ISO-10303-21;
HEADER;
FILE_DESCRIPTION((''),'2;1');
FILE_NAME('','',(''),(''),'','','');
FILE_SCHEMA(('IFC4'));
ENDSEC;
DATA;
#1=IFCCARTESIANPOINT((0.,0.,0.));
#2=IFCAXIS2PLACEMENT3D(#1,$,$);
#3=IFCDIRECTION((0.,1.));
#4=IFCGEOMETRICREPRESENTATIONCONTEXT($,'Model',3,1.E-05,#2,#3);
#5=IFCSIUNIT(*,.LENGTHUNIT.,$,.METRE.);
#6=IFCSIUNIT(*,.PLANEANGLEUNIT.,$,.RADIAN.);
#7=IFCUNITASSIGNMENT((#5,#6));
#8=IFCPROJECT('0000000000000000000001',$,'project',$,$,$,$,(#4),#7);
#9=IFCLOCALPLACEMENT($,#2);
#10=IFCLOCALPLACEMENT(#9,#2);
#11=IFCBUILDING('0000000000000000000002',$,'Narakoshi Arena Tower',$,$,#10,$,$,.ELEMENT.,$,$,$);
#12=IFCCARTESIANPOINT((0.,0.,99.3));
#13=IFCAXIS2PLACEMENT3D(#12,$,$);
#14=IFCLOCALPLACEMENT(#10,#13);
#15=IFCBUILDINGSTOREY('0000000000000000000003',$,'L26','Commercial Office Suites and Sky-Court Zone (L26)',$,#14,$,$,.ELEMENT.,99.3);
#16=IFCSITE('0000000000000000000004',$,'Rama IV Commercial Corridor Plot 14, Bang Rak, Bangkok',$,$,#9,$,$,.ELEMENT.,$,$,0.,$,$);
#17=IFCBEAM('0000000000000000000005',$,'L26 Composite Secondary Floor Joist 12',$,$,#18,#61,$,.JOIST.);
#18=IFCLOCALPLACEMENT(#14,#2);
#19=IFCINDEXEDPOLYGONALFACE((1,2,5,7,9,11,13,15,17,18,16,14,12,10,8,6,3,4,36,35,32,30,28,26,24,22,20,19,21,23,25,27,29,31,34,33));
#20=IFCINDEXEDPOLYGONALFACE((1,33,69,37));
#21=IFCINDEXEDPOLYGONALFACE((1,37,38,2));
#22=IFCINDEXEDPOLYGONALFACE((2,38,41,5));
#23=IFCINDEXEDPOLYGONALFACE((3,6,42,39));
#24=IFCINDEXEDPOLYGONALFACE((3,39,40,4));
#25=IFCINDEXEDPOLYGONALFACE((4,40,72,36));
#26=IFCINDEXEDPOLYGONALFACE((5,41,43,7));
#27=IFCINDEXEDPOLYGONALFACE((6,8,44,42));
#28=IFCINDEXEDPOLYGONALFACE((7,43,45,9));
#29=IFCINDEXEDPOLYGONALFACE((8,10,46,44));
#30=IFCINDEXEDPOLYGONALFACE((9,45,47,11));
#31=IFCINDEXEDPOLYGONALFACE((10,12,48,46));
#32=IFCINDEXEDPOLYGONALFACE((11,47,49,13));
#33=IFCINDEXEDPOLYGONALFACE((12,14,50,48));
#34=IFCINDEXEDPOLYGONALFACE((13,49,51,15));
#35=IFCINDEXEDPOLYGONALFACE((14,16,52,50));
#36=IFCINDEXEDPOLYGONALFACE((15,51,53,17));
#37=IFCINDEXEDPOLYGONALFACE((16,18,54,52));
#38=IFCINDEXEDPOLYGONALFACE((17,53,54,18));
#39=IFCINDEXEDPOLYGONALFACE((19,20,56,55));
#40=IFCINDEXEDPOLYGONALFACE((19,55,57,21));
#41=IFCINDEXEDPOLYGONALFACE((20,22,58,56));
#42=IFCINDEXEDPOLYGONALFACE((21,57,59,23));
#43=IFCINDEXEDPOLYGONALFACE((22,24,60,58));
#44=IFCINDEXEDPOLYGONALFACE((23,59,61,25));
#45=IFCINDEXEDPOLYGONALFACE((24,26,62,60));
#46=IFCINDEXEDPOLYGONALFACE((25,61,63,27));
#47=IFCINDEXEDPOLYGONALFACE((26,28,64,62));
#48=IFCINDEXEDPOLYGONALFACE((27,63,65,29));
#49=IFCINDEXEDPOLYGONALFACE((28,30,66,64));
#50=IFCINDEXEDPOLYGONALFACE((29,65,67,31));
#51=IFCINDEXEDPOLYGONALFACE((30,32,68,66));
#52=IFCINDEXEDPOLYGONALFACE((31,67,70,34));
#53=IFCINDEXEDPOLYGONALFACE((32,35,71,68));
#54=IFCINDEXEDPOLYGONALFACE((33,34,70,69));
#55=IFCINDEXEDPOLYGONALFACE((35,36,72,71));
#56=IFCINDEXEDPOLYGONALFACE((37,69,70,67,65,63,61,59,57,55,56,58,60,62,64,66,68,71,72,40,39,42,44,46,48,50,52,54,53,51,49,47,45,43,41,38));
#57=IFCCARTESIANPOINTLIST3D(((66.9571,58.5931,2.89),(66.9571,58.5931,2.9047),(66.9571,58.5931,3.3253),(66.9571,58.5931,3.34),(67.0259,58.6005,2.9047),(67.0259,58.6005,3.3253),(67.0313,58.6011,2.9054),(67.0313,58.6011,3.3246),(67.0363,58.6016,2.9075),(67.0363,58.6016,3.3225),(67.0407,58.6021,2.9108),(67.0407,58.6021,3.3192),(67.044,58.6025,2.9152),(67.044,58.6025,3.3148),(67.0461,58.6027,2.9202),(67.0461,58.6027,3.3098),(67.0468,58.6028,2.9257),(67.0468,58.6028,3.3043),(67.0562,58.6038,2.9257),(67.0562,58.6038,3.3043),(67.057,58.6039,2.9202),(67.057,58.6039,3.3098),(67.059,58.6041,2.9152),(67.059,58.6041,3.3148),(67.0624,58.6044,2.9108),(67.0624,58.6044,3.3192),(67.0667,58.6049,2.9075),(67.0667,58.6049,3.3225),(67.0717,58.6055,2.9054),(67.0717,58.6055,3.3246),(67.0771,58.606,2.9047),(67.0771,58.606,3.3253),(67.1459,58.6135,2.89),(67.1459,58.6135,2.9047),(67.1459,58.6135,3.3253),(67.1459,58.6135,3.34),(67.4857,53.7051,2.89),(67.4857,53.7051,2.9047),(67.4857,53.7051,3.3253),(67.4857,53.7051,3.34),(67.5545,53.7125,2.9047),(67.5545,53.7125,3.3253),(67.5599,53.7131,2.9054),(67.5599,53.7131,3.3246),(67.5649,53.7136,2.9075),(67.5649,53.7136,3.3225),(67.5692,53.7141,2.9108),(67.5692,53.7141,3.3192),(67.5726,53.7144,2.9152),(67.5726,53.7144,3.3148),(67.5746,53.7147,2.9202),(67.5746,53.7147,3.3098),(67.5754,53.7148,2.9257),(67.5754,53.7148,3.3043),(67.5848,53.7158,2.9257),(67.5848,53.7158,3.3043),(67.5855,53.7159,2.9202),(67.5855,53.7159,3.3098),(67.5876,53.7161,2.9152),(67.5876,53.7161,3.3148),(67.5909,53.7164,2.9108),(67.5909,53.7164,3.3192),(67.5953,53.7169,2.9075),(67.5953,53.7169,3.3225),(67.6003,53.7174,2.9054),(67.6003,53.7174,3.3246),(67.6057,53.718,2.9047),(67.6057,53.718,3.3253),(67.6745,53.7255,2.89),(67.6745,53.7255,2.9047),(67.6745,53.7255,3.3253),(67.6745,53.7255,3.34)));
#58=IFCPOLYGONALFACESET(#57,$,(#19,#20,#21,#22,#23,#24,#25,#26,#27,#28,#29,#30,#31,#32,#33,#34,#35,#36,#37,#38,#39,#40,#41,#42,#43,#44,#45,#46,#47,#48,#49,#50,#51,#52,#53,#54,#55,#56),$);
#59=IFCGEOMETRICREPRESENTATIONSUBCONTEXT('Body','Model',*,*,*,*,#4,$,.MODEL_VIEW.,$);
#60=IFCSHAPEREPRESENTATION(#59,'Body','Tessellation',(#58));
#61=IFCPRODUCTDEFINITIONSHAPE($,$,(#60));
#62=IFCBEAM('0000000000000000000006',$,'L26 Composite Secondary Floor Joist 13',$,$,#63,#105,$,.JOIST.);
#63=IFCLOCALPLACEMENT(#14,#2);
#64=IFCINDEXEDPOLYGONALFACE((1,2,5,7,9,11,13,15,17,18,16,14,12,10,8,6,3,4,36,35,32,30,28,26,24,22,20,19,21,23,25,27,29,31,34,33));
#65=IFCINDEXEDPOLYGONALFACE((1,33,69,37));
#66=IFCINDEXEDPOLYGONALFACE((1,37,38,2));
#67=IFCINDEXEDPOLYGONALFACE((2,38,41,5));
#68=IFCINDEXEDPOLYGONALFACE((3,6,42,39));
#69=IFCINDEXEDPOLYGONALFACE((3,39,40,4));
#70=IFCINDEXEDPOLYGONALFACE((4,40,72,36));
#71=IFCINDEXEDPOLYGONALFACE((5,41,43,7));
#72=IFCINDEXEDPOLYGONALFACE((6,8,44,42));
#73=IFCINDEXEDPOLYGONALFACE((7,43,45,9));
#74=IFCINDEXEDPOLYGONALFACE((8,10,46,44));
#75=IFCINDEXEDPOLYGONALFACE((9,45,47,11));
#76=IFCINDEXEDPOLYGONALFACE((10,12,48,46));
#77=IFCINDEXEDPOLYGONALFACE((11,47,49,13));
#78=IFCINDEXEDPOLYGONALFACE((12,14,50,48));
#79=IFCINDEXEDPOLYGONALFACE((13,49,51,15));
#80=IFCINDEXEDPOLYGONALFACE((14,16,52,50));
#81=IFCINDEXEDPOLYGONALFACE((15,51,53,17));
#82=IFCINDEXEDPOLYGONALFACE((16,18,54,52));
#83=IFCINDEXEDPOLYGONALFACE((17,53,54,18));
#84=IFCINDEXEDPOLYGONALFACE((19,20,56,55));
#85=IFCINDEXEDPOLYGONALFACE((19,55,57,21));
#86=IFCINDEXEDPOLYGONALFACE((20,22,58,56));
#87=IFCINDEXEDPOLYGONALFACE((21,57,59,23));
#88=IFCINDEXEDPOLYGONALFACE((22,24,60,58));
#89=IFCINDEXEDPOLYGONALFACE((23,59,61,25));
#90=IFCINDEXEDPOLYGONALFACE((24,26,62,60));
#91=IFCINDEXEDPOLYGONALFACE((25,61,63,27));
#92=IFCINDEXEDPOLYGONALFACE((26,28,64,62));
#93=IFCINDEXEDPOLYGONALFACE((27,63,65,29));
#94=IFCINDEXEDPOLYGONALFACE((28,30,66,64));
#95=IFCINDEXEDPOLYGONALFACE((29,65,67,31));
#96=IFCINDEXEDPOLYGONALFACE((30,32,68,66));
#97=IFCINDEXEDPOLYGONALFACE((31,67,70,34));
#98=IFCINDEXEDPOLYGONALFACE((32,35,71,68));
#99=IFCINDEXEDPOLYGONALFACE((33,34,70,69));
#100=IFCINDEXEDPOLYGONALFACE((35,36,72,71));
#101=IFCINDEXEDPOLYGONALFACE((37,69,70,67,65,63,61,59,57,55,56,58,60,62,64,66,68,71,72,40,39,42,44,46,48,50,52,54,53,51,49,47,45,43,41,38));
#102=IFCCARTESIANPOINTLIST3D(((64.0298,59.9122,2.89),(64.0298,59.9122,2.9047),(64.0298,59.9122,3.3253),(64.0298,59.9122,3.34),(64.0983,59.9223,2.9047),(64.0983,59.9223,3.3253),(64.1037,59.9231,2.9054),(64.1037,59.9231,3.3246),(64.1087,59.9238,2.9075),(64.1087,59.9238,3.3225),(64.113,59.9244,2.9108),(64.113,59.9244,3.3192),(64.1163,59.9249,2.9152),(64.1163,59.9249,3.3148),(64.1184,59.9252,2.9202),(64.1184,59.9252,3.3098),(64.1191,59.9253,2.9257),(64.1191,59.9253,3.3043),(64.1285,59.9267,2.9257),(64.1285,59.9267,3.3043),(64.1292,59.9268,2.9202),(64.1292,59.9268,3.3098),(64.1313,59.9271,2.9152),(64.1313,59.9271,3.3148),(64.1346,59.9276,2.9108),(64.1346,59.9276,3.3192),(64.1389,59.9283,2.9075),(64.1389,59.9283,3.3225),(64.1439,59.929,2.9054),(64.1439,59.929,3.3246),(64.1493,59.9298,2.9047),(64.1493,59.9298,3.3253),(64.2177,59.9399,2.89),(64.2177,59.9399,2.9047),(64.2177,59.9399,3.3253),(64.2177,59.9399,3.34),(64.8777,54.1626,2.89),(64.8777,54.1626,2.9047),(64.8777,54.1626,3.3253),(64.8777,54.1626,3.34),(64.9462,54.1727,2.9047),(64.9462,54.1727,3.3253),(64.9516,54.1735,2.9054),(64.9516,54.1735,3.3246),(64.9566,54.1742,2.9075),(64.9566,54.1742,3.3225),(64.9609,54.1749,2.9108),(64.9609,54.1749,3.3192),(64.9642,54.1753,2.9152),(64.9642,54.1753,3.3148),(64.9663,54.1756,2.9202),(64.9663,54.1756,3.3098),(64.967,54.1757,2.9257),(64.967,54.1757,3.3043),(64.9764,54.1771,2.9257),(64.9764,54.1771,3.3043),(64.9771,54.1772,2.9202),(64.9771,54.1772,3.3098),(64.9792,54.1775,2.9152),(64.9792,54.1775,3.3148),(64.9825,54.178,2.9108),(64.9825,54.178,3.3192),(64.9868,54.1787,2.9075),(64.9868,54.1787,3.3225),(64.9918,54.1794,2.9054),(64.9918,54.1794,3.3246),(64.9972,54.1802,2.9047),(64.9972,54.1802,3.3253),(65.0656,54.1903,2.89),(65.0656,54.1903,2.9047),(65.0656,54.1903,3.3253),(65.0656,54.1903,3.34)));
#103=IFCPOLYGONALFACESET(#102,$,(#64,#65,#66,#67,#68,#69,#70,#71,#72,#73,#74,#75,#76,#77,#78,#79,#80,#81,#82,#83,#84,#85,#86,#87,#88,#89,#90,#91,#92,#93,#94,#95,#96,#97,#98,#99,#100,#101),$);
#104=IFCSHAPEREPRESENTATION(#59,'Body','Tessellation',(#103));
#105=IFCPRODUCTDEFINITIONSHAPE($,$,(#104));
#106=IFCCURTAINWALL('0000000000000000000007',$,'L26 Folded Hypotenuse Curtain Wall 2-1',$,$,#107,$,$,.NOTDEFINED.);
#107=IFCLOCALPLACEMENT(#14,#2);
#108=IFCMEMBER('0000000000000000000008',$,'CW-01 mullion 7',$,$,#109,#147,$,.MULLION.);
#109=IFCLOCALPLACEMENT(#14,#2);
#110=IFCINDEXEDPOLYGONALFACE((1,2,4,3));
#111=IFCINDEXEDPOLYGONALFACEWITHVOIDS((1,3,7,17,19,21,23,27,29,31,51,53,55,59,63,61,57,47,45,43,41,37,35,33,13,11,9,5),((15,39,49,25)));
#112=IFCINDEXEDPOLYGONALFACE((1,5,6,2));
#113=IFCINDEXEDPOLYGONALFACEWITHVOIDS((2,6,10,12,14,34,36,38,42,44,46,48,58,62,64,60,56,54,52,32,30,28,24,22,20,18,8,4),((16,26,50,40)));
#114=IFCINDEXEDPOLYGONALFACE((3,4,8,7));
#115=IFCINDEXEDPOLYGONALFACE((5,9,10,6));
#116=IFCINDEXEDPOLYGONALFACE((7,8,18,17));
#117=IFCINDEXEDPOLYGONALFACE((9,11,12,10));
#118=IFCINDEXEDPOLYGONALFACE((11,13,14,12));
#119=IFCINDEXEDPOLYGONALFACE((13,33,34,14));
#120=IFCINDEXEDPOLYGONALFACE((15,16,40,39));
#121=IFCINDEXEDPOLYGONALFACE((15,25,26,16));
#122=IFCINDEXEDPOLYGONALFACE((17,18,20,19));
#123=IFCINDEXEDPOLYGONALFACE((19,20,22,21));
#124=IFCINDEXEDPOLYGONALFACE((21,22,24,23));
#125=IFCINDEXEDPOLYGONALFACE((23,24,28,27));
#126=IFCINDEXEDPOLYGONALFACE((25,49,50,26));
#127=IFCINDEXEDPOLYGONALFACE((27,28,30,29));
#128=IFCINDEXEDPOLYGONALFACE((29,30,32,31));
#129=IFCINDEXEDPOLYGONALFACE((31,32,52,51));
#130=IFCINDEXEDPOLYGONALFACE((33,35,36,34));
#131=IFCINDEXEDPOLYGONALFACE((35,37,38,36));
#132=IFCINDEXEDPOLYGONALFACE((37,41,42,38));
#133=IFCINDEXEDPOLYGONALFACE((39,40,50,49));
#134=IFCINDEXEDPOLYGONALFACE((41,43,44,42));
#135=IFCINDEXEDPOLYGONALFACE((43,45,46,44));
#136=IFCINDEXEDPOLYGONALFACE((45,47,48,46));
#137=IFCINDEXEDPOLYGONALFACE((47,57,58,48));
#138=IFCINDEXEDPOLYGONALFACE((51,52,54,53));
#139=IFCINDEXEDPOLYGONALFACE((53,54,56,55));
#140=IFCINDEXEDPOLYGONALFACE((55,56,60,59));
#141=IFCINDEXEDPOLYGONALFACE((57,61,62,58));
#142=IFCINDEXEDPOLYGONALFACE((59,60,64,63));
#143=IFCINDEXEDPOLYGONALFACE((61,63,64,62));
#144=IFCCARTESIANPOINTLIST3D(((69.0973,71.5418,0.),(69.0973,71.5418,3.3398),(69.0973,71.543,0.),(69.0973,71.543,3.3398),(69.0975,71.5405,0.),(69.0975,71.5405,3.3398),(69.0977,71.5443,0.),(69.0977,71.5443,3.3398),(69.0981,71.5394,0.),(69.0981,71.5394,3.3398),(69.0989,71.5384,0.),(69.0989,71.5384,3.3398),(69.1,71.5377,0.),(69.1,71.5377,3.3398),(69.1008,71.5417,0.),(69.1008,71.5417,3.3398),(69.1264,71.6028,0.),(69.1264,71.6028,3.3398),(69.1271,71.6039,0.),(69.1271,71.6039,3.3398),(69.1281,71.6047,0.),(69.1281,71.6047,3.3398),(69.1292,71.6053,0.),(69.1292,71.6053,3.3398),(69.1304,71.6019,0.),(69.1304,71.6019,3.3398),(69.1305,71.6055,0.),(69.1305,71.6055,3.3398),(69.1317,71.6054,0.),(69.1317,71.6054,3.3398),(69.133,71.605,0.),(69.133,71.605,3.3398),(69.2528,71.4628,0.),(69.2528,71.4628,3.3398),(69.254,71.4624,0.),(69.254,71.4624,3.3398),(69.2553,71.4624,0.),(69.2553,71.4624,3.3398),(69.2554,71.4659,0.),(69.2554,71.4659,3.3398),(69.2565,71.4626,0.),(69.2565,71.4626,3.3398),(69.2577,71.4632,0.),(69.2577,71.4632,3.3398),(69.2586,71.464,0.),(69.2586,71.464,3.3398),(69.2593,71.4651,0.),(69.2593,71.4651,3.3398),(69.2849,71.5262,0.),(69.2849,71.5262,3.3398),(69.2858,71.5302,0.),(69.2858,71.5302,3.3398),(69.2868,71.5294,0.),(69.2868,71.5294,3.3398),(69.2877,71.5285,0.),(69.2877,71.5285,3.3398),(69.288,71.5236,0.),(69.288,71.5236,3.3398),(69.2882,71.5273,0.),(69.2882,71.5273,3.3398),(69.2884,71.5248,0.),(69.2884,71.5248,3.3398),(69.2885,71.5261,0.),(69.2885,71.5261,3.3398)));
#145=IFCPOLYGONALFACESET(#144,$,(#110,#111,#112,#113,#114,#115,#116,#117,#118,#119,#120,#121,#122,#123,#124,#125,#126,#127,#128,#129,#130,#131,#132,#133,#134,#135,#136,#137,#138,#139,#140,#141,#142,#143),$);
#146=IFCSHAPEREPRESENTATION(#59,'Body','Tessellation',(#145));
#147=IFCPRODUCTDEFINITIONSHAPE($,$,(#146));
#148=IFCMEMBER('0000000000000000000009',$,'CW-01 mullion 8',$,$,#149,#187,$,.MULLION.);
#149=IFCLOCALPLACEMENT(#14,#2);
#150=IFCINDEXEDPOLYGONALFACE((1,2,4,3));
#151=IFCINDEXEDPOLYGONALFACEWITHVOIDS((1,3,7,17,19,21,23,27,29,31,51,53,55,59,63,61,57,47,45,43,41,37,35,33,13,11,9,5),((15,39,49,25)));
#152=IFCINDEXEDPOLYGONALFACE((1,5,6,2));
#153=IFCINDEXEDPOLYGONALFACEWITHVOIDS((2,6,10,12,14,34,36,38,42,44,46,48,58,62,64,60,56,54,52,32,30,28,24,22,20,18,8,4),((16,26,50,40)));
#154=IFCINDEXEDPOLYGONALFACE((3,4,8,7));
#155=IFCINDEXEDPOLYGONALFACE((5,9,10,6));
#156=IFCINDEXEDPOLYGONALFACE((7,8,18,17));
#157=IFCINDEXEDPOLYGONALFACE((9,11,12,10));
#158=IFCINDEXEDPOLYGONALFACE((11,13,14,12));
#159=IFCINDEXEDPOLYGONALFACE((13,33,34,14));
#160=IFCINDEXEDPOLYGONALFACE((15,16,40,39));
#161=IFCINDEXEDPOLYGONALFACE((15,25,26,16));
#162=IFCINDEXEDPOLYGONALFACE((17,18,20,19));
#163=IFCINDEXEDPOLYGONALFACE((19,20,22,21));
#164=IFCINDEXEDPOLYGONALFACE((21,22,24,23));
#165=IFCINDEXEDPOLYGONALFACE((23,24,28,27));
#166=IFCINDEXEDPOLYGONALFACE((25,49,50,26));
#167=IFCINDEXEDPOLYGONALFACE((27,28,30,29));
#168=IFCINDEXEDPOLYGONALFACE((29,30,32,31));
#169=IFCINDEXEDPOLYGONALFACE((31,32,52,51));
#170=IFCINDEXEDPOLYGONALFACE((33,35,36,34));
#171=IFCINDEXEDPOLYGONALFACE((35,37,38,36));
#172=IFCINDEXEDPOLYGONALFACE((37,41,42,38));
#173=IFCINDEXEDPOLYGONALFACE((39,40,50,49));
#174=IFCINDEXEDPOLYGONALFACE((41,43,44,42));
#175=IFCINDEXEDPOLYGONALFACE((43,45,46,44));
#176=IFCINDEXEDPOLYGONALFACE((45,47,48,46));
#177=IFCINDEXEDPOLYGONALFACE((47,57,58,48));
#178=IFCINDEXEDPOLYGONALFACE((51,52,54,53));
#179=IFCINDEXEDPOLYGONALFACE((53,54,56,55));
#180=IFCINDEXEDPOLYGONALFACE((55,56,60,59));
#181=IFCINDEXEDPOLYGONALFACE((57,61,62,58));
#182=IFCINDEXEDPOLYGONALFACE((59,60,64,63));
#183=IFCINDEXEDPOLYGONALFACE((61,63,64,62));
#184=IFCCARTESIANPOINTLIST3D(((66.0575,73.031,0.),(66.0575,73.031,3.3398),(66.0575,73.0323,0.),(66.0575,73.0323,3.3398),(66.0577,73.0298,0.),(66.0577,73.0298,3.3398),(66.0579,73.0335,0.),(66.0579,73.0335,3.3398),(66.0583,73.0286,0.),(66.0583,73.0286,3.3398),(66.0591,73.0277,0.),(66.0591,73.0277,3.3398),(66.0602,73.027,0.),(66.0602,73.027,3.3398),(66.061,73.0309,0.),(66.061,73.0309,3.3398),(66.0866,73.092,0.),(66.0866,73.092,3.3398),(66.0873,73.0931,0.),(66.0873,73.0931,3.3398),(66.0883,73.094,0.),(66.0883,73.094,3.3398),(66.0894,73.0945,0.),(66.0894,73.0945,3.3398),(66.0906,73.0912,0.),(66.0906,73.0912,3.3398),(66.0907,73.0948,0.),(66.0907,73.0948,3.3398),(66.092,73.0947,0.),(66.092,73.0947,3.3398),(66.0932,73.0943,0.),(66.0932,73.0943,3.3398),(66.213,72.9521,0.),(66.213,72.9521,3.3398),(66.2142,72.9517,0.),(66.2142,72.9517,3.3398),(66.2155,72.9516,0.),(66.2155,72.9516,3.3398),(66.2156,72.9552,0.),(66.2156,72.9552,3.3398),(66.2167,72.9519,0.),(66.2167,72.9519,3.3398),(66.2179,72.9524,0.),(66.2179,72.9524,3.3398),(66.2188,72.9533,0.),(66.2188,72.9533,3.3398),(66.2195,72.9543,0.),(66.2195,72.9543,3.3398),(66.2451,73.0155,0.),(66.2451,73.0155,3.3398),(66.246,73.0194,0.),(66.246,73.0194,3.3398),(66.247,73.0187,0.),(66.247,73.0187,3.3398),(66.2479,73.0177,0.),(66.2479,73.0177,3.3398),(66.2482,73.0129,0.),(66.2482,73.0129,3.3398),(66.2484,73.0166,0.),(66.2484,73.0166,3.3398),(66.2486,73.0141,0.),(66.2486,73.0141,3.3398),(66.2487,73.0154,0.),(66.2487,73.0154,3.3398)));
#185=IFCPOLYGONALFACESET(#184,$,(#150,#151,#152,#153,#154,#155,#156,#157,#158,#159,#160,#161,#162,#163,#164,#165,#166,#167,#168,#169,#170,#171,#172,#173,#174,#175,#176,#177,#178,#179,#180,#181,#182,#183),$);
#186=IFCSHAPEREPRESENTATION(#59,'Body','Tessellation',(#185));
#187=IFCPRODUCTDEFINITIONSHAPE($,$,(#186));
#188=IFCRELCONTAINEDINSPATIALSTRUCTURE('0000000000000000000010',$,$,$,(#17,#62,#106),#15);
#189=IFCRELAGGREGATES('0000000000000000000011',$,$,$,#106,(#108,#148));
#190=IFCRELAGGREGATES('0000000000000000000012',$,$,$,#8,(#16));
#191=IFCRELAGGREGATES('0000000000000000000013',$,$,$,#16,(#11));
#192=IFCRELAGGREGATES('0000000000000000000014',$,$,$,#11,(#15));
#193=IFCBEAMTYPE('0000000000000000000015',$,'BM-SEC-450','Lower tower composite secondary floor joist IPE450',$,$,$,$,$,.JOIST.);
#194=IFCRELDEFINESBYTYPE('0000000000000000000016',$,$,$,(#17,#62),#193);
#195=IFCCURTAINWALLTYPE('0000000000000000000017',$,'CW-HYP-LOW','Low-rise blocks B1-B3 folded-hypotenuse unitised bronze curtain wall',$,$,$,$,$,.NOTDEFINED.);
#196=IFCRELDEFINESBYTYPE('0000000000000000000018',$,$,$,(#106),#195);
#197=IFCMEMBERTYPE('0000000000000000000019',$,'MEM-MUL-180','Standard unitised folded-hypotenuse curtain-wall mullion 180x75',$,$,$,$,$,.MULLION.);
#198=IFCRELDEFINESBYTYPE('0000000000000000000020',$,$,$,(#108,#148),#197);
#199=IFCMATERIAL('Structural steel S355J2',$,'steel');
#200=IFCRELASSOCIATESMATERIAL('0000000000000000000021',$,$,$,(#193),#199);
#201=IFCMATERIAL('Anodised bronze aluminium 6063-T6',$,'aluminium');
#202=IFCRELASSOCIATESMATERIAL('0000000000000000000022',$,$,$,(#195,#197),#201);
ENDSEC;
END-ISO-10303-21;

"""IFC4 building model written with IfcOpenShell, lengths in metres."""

from ifc_helpers import new_model, si_unit, direction, frame, origin, origin_2d, place, context, subcontext, project, spatial, hollow_rectangle, i_section, extrude, material, material_profile, profile_set, type_object, element, aggregate, save


model = new_model("IFC4")

# Units and contexts
model_context = context("Model", 3, precision=1e-05, world=origin(), true_north=direction((0.0, 1.0)))
body_context = subcontext(model_context, "Body", "Model", "MODEL_VIEW")
ifc_project = project(units=[si_unit("LENGTHUNIT", "METRE"), si_unit("PLANEANGLEUNIT", "RADIAN")], contexts=[model_context])

# Site, building, storey
site_placement = place(None, origin())
site = spatial("IfcSite", under=ifc_project, at=site_placement, Name="Rama IV Commercial Corridor Plot 14, Bang Rak, Bangkok", CompositionType="ELEMENT", RefElevation=0.0)
building_placement = place(site_placement, origin())
building = spatial("IfcBuilding", under=site, at=building_placement, Name="Narakoshi Arena Tower", CompositionType="ELEMENT")
storey_placement = place(building_placement, frame((0.0, 0.0, 99.3)))
storey = spatial("IfcBuildingStorey", under=building, at=storey_placement, Name="L26", Description="Commercial Office Suites and Sky-Court Zone (L26)", CompositionType="ELEMENT", Elevation=99.3)

# Beams
ifc_material_1 = material(Name="Structural steel S355J2", Category="steel")
ifc_material_profile_1 = material_profile(ifc_material_1, i_section(OverallWidth=0.1899, OverallDepth=0.45, WebThickness=0.0095, FlangeThickness=0.0146, FilletRadius=0.021, at=origin_2d()), Name="IPE450")
ifc_profile_set_1 = profile_set([ifc_material_profile_1], Name="Structural steel S355J2")
beam_type_1 = type_object("IfcBeamType", Name="BM-SEC-450", Description="Lower tower composite secondary floor joist IPE450", PredefinedType="JOIST", material=ifc_profile_set_1)
beam_1_placement = place(storey_placement, frame((67.0515, 58.6033, 3.115), z_axis=(0.10751, -0.994204, 0.0), x_axis=(0.994204, 0.10751, 0.0)))
element("IfcBeam", 1, at=beam_1_placement, inside=storey, type_object=beam_type_1, Name="L26 Composite Secondary Floor Joist 12", PredefinedType="JOIST", context=body_context, shape_type="SweptSolid", body=[
    extrude(i_section(OverallWidth=0.1899, OverallDepth=0.45, WebThickness=0.0095, FlangeThickness=0.0146, FilletRadius=0.021, at=origin_2d()), origin(), (0.0, 0.0, 1.0), 4.9165),
])
beam_2_placement = place(storey_placement, frame((64.1238, 59.926, 3.115), z_axis=(0.145895, -0.9893, 0.0), x_axis=(0.9893, 0.145895, 0.0)))
element("IfcBeam", 2, at=beam_2_placement, inside=storey, type_object=beam_type_1, Name="L26 Composite Secondary Floor Joist 13", PredefinedType="JOIST", context=body_context, shape_type="SweptSolid", body=[
    extrude(i_section(OverallWidth=0.1899, OverallDepth=0.45, WebThickness=0.0095, FlangeThickness=0.0146, FilletRadius=0.021, at=origin_2d()), origin(), (0.0, 0.0, 1.0), 5.8118),
])

# Curtain wall, members
ifc_material_2 = material(Name="Anodised bronze aluminium 6063-T6", Category="aluminium")
curtain_wall_type = type_object("IfcCurtainWallType", Name="CW-HYP-LOW", Description="Low-rise blocks B1-B3 folded-hypotenuse unitised bronze curtain wall", PredefinedType="NOTDEFINED", material=ifc_material_2)
curtain_wall_placement = place(storey_placement, origin())
curtain_wall = element("IfcCurtainWall", 3, at=curtain_wall_placement, inside=storey, type_object=curtain_wall_type, Name="L26 Folded Hypotenuse Curtain Wall 2-1", PredefinedType="NOTDEFINED")
ifc_material_profile_2 = material_profile(ifc_material_2, hollow_rectangle(XDim=0.075, YDim=0.1799, WallThickness=0.0039, OuterFilletRadius=0.0049, at=origin_2d()), Name="MUL180x75x4")
ifc_profile_set_2 = profile_set([ifc_material_profile_2], Name="Anodised bronze aluminium 6063-T6")
member_type_1 = type_object("IfcMemberType", Name="MEM-MUL-180", Description="Standard unitised folded-hypotenuse curtain-wall mullion 180x75", PredefinedType="MULLION", material=ifc_profile_set_2)
member_1_placement = place(storey_placement, frame((69.1929, 71.5339, 0.0), z_axis=(0.0, 0.0, 1.0), x_axis=(-0.440005, -0.897996, 0.0)))
member_1 = element("IfcMember", 4, at=member_1_placement, type_object=member_type_1, Name="CW-01 mullion 7", PredefinedType="MULLION", context=body_context, shape_type="SweptSolid", body=[
    extrude(hollow_rectangle(XDim=0.075, YDim=0.1799, WallThickness=0.0039, OuterFilletRadius=0.0049, at=origin_2d()), origin(), (0.0, 0.0, 1.0), 3.3398),
])
member_2_placement = place(storey_placement, frame((66.1531, 73.0232, 0.0), z_axis=(0.0, 0.0, 1.0), x_axis=(-0.440005, -0.897996, 0.0)))
member_2 = element("IfcMember", 5, at=member_2_placement, type_object=member_type_1, Name="CW-01 mullion 8", PredefinedType="MULLION", context=body_context, shape_type="SweptSolid", body=[
    extrude(hollow_rectangle(XDim=0.075, YDim=0.1799, WallThickness=0.0039, OuterFilletRadius=0.0049, at=origin_2d()), origin(), (0.0, 0.0, 1.0), 3.3398),
])
aggregate(curtain_wall, [member_1, member_2])

save(model, "model.ifc")
